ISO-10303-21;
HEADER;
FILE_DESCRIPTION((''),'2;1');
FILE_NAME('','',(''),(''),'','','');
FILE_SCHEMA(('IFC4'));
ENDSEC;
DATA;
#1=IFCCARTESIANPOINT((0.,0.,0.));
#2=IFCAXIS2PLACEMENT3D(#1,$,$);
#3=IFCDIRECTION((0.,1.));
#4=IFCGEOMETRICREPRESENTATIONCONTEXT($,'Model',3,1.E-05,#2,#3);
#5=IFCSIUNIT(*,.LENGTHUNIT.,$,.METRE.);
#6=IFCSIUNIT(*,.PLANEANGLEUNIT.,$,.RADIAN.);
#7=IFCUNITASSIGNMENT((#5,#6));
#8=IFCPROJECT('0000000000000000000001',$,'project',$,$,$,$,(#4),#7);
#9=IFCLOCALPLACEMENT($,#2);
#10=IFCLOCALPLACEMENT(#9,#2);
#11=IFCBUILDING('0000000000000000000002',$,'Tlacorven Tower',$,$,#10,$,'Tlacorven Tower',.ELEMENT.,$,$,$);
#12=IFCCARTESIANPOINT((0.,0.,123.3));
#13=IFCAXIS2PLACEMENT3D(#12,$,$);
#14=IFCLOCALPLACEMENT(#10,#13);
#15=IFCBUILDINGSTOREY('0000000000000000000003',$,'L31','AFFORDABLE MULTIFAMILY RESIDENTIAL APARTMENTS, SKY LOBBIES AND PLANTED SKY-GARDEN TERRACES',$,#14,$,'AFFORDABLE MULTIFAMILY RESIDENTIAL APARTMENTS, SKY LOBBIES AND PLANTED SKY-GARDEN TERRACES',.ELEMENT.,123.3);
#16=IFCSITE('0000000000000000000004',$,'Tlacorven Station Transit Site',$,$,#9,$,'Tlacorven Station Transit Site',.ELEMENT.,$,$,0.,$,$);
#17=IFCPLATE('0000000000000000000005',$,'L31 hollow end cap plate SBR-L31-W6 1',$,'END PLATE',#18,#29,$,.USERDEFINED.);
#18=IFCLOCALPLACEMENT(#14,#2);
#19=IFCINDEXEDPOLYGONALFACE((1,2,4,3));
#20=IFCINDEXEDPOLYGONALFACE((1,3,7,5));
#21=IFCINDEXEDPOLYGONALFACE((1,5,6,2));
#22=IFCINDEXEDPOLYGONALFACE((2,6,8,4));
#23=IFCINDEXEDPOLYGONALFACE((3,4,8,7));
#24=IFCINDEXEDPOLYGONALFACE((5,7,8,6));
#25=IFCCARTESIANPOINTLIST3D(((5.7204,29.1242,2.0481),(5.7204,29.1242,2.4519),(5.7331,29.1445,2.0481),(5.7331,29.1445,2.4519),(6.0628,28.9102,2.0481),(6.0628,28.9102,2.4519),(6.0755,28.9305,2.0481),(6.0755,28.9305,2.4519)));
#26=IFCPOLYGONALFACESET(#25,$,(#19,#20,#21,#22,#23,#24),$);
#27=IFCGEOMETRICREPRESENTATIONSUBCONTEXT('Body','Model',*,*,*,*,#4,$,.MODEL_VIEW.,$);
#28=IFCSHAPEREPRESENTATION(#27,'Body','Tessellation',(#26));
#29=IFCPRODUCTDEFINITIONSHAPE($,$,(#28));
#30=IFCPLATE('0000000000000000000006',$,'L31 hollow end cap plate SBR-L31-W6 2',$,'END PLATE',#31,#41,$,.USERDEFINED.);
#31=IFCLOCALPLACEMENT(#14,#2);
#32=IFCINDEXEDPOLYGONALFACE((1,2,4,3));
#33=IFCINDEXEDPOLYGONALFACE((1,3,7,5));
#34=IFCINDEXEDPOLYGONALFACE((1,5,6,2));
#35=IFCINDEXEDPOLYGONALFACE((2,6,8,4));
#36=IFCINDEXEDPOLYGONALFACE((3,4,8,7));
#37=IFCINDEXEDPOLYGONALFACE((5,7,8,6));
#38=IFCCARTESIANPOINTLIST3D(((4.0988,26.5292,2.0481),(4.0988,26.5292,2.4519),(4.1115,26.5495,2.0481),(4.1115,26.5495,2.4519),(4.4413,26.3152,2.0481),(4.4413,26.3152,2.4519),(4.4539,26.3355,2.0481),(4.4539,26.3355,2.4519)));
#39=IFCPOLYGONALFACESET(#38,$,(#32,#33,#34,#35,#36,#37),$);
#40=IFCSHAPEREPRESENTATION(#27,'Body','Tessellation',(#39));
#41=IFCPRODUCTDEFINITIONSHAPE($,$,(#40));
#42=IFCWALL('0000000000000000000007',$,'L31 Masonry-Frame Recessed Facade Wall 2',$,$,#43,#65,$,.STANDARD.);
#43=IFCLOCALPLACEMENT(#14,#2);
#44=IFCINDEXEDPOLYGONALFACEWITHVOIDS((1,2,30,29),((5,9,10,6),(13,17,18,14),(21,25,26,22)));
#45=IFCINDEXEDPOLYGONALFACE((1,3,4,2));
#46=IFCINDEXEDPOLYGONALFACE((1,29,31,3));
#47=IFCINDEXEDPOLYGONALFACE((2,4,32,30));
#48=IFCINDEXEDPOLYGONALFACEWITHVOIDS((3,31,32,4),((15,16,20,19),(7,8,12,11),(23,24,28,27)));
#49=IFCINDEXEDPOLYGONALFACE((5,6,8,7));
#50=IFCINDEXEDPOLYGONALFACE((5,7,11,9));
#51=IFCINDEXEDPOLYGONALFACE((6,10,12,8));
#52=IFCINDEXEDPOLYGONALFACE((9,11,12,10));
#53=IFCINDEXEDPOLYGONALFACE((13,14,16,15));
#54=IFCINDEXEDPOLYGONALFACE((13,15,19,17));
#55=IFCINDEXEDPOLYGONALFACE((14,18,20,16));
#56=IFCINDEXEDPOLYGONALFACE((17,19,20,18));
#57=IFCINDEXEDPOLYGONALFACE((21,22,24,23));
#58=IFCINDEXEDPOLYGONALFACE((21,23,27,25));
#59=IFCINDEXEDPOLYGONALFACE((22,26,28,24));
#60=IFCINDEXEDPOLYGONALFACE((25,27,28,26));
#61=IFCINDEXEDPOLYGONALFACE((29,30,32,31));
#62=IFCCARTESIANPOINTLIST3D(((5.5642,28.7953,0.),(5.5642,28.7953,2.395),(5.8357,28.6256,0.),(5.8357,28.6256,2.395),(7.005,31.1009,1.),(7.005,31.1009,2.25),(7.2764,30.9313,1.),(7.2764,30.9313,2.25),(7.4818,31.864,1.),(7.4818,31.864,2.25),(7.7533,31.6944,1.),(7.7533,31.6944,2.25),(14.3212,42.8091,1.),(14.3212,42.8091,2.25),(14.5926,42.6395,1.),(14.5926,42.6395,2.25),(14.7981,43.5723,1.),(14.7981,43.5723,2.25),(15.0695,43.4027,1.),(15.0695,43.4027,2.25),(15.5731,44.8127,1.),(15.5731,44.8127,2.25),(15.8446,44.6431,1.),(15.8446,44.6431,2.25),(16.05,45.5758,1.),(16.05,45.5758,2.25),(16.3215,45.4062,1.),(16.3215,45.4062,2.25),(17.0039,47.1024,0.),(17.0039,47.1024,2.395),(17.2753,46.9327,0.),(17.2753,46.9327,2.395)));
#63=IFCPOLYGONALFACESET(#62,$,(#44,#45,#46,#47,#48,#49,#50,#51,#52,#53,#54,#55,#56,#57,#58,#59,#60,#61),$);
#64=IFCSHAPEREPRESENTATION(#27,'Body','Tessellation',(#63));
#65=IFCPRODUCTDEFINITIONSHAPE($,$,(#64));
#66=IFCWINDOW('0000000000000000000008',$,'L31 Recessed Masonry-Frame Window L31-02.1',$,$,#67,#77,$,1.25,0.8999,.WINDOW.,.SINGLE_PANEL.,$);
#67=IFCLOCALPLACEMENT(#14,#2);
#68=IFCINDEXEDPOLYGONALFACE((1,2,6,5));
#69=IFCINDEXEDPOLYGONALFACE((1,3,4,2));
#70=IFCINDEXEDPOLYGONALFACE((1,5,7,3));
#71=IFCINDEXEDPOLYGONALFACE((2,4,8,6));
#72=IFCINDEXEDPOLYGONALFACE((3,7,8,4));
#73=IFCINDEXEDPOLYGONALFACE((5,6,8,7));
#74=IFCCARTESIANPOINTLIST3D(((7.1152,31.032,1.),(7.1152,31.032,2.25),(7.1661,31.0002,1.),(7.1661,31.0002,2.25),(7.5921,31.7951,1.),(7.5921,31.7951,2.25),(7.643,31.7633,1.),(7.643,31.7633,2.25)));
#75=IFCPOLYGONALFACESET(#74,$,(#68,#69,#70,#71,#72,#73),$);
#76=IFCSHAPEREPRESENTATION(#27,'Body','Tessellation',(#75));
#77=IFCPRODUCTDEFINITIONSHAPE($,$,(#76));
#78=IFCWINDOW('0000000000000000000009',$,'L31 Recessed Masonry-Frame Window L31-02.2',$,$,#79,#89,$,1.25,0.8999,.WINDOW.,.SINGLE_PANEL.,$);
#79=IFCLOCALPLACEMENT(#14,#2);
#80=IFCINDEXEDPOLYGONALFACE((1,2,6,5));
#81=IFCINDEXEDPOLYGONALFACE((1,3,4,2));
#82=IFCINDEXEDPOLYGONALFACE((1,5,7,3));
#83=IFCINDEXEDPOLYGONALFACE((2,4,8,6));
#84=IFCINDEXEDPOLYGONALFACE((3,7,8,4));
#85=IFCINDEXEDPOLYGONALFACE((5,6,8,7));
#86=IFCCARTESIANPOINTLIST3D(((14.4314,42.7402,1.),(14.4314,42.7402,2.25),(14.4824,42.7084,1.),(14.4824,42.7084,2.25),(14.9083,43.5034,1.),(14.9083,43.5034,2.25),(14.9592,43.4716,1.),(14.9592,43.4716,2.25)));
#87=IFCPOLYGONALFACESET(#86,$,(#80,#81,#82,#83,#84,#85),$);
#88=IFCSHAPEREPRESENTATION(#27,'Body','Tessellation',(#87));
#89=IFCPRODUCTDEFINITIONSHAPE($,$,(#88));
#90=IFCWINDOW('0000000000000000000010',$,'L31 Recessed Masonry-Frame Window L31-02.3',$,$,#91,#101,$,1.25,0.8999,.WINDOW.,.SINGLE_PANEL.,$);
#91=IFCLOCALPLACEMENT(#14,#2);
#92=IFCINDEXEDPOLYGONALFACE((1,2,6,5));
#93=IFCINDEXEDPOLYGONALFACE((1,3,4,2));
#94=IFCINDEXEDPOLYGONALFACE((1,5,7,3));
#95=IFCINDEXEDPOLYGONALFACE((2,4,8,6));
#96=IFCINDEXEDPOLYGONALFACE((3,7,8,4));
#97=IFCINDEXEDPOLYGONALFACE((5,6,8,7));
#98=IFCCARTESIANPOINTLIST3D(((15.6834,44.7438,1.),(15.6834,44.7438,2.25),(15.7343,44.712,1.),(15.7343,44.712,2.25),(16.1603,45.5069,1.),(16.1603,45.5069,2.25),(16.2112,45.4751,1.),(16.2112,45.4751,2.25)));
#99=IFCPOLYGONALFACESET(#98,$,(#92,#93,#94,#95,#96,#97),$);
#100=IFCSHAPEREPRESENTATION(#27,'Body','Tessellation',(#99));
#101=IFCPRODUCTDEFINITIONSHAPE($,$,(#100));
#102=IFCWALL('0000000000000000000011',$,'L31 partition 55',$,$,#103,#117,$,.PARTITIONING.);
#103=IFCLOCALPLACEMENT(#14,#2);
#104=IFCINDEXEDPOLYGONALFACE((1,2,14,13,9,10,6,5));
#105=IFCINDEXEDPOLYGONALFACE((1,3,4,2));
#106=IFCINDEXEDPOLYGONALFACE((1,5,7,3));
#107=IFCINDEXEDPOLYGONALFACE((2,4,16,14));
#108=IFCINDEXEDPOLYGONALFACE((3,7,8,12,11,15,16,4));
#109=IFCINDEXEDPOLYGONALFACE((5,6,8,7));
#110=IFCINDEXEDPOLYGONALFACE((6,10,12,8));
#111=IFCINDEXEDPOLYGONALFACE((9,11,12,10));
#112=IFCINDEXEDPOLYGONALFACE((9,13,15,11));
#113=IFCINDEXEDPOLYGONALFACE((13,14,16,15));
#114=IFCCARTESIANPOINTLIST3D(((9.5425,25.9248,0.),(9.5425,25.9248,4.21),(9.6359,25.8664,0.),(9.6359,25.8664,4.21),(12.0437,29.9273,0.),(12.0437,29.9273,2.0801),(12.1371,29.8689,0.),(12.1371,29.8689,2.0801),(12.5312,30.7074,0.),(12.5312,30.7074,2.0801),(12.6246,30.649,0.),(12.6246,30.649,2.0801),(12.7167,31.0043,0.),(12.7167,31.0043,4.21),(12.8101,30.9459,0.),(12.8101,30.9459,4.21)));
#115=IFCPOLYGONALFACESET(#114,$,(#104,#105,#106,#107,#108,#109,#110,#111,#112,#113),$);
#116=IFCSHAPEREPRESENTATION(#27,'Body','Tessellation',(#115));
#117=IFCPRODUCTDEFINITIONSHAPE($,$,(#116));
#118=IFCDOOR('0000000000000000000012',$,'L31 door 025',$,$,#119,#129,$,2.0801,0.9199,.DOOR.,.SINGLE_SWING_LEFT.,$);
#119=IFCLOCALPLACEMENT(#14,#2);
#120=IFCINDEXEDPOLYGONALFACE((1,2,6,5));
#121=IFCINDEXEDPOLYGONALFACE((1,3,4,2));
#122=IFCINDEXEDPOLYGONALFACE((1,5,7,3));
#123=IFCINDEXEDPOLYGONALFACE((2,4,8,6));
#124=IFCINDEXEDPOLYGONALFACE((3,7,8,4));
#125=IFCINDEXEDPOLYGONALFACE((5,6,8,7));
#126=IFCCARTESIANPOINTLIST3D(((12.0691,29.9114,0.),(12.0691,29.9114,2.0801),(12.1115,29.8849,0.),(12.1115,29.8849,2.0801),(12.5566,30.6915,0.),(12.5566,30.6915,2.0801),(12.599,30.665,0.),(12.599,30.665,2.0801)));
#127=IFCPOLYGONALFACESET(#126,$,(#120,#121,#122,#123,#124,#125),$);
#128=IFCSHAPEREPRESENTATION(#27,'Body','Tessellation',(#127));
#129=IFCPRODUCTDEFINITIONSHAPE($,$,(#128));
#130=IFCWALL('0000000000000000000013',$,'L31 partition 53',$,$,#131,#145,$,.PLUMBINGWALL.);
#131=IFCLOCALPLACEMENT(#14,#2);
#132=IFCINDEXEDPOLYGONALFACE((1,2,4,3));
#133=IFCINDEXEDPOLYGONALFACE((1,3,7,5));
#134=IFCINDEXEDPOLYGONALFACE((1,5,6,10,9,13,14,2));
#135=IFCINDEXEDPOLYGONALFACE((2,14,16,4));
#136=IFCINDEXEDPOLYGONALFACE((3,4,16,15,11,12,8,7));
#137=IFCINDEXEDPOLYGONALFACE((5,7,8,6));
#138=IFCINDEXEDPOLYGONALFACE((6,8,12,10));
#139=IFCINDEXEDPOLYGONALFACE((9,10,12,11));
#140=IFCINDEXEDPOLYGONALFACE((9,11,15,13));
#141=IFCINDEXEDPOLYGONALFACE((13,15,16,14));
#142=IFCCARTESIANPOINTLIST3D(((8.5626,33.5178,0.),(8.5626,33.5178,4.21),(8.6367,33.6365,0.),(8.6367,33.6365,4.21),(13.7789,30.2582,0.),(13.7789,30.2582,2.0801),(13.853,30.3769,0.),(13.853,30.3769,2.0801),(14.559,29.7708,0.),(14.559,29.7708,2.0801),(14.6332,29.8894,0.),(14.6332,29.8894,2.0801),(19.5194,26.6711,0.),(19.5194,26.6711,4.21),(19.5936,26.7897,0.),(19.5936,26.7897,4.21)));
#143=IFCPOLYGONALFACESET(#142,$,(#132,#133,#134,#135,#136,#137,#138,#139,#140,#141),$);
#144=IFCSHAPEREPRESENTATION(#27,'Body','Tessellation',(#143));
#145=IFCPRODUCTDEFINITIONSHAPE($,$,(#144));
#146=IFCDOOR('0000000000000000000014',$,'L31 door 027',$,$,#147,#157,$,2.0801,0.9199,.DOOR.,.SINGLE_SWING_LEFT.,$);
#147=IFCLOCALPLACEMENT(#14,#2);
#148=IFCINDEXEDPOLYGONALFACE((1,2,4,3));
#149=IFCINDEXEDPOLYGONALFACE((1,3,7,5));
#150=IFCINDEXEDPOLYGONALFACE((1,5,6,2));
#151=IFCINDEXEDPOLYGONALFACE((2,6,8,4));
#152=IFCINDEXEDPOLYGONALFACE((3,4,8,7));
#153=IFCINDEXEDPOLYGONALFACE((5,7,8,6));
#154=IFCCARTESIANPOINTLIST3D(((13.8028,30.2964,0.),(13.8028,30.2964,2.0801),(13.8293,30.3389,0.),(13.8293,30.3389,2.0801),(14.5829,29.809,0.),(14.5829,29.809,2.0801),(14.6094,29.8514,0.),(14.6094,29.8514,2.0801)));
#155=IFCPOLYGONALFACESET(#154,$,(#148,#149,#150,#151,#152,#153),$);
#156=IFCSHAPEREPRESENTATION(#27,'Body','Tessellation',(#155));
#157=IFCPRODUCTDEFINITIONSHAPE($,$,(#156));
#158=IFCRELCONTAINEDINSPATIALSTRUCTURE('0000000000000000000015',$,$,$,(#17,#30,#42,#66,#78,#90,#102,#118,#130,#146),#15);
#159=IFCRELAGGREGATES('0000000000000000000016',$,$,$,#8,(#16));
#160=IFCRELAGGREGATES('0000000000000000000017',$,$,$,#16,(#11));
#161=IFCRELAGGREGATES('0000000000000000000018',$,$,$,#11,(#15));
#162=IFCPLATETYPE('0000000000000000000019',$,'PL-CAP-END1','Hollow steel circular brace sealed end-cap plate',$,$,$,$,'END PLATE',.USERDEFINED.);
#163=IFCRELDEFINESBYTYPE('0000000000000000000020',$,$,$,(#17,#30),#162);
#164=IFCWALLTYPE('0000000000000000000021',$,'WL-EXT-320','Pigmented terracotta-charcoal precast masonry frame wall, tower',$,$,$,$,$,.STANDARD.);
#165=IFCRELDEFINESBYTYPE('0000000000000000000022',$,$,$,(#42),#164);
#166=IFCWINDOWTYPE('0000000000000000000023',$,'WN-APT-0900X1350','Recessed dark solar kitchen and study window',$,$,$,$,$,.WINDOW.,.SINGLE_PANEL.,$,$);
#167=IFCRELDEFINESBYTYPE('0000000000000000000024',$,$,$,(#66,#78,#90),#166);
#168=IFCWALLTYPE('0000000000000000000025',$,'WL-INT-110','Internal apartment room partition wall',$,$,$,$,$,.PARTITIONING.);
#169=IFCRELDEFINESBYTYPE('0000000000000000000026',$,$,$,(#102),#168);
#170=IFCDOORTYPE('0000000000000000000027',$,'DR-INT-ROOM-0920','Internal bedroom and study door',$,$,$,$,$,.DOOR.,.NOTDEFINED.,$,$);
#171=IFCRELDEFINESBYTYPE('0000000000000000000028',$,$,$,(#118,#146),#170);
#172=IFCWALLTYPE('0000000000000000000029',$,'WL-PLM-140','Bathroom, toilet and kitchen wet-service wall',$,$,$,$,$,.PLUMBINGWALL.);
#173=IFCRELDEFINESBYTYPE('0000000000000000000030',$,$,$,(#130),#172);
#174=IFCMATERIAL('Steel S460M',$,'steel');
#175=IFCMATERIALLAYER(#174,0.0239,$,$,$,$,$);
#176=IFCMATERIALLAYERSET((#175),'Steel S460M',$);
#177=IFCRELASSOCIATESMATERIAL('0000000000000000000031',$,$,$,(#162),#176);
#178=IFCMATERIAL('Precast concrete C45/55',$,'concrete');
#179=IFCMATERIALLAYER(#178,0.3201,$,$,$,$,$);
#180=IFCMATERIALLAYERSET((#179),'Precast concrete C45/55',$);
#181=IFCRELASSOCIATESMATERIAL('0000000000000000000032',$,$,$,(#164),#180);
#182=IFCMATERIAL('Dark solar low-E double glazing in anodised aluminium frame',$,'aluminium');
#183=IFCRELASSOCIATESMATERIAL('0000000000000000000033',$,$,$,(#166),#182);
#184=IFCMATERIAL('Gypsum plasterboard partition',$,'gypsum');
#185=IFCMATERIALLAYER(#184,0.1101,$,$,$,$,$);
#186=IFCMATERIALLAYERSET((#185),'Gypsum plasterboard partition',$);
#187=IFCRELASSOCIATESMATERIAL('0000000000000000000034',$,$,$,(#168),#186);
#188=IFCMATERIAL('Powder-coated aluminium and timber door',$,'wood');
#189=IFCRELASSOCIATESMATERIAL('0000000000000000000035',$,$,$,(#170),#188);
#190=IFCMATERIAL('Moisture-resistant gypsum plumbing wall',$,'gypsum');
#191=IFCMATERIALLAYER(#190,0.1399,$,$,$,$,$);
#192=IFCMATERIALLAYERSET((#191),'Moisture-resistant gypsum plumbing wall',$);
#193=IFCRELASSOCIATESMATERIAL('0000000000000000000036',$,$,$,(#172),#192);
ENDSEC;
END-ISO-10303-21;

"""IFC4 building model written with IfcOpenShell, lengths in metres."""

from ifc_helpers import new_model, si_unit, direction, frame, frame_2d, origin, origin_2d, place, context, subcontext, project, spatial, rectangle, extrude, source, transform, mapped, material, layer, layer_set, type_object, element, fill, save


model = new_model("IFC4")

# Units and contexts
model_context = context("Model", 3, precision=1e-05, world=origin(), true_north=direction((0.0, 1.0)))
body_context = subcontext(model_context, "Body", "Model", "MODEL_VIEW")
ifc_project = project(units=[si_unit("LENGTHUNIT", "METRE"), si_unit("PLANEANGLEUNIT", "RADIAN")], contexts=[model_context])

# Site, building, storey
site_placement = place(None, origin())
site = spatial("IfcSite", under=ifc_project, at=site_placement, Name="Tlacorven Station Transit Site", LongName="Tlacorven Station Transit Site", CompositionType="ELEMENT", RefElevation=0.0)
building_placement = place(site_placement, origin())
building = spatial("IfcBuilding", under=site, at=building_placement, Name="Tlacorven Tower", LongName="Tlacorven Tower", CompositionType="ELEMENT")
storey_placement = place(building_placement, frame((0.0, 0.0, 123.3)))
storey = spatial("IfcBuildingStorey", under=building, at=storey_placement, Name="L31", Description="AFFORDABLE MULTIFAMILY RESIDENTIAL APARTMENTS, SKY LOBBIES AND PLANTED SKY-GARDEN TERRACES", LongName="AFFORDABLE MULTIFAMILY RESIDENTIAL APARTMENTS, SKY LOBBIES AND PLANTED SKY-GARDEN TERRACES", CompositionType="ELEMENT", Elevation=123.3)

# Shared definitions
ifc_material_1 = material(Name="Steel S460M", Category="steel")

# Plates
ifc_layer_1 = layer(ifc_material_1, 0.0239)
ifc_layer_set_1 = layer_set([ifc_layer_1], Name="Steel S460M")
plate_type_1 = type_object("IfcPlateType", Name="PL-CAP-END1", Description="Hollow steel circular brace sealed end-cap plate", ElementType="END PLATE", PredefinedType="USERDEFINED", material=ifc_layer_set_1)
shared_shape_1 = source(origin(), body_context, "Body", "SweptSolid", [
    extrude(rectangle(XDim=0.0239, YDim=0.4038, at=origin_2d()), origin(), (0.0, 0.0, 1.0), 0.4038),
])
for number, where, z_axis, x_axis, name in (
    (1, (5.8979, 29.0273, 2.0481), (0.0, 0.0, 1.0), (-0.529919, -0.848048, 0.0), "L31 hollow end cap plate SBR-L31-W6 1"),
    (2, (4.2764, 26.4324, 2.0481), (0.0, 0.0, 1.0), (-0.529919, -0.848048, 0.0), "L31 hollow end cap plate SBR-L31-W6 2"),
):
    element("IfcPlate", number, at=place(storey_placement, frame(where, z_axis=z_axis, x_axis=x_axis)), inside=storey, type_object=plate_type_1, Name=name, ObjectType="END PLATE", PredefinedType="USERDEFINED", context=body_context, shape_type="MappedRepresentation", body=[
        mapped(shared_shape_1, transform((0.0, 0.0, 0.0), scale=1.0)),
    ])

# Wall, openings, windows
ifc_material_2 = material(Name="Precast concrete C45/55", Category="concrete")
ifc_layer_2 = layer(ifc_material_2, 0.3201)
ifc_layer_set_2 = layer_set([ifc_layer_2], Name="Precast concrete C45/55")
wall_type_1 = type_object("IfcWallType", Name="WL-EXT-320", Description="Pigmented terracotta-charcoal precast masonry frame wall, tower", PredefinedType="STANDARD", material=ifc_layer_set_2)
wall_1_placement = place(storey_placement, frame((5.7, 28.7104, 0.0), z_axis=(0.0, 0.0, 1.0), x_axis=(0.529924, 0.848045, 0.0)))
wall_1 = element("IfcWall", 3, at=wall_1_placement, inside=storey, type_object=wall_type_1, Name="L31 Masonry-Frame Recessed Facade Wall 2", PredefinedType="STANDARD", context=body_context, shape_type="SweptSolid", body=[
    extrude(rectangle(XDim=21.5874, YDim=0.3201, at=frame_2d((10.7937, 0.0))), origin(), (0.0, 0.0, 1.0), 2.395),
])
opening_1_placement = place(wall_1_placement, frame((2.7188, 0.0, 1.0)))
opening_1 = element("IfcOpeningElement", 4, at=opening_1_placement, cuts=wall_1, PredefinedType="OPENING", context=body_context, shape_type="SweptSolid", body=[
    extrude(rectangle(XDim=0.8999, YDim=1.25, at=frame_2d((0.45, 0.625))), frame((0.0, 0.1699, 0.0), z_axis=(0.0, -1.0, 0.0), x_axis=(1.0, 0.0, 0.0)), (0.0, 0.0, 1.0), 0.3401),
])
opening_2_placement = place(wall_1_placement, frame((16.5249, 0.0, 1.0)))
opening_2 = element("IfcOpeningElement", 5, at=opening_2_placement, cuts=wall_1, PredefinedType="OPENING", context=body_context, shape_type="SweptSolid", body=[
    extrude(rectangle(XDim=0.8999, YDim=1.25, at=frame_2d((0.45, 0.625))), frame((0.0, 0.1699, 0.0), z_axis=(0.0, -1.0, 0.0), x_axis=(1.0, 0.0, 0.0)), (0.0, 0.0, 1.0), 0.3401),
])
opening_3_placement = place(wall_1_placement, frame((18.8875, 0.0, 1.0)))
opening_3 = element("IfcOpeningElement", 6, at=opening_3_placement, cuts=wall_1, PredefinedType="OPENING", context=body_context, shape_type="SweptSolid", body=[
    extrude(rectangle(XDim=0.8999, YDim=1.25, at=frame_2d((0.45, 0.625))), frame((0.0, 0.1699, 0.0), z_axis=(0.0, -1.0, 0.0), x_axis=(1.0, 0.0, 0.0)), (0.0, 0.0, 1.0), 0.3401),
])
ifc_material_3 = material(Name="Dark solar low-E double glazing in anodised aluminium frame", Category="aluminium")
window_type = type_object("IfcWindowType", Name="WN-APT-0900X1350", Description="Recessed dark solar kitchen and study window", PartitioningType="SINGLE_PANEL", PredefinedType="WINDOW", material=ifc_material_3)
shared_shape_2 = source(origin(), body_context, "Body", "SweptSolid", [
    extrude(rectangle(XDim=0.8999, YDim=1.25, at=frame_2d((0.45, 0.625))), frame((0.0, 0.03, 0.0), z_axis=(0.0, -1.0, 0.0), x_axis=(1.0, 0.0, 0.0)), (0.0, 0.0, 1.0), 0.0601),
])
window_1_placement = place(opening_1_placement, origin())
window_1 = element("IfcWindow", 7, at=window_1_placement, inside=storey, type_object=window_type, Name="L31 Recessed Masonry-Frame Window L31-02.1", OverallHeight=1.25, OverallWidth=0.8999, PartitioningType="SINGLE_PANEL", PredefinedType="WINDOW", context=body_context, shape_type="MappedRepresentation", body=[
    mapped(shared_shape_2, transform((0.0, 0.0, 0.0), scale=1.0)),
])
fill(opening_1, window_1)
window_2_placement = place(opening_2_placement, origin())
window_2 = element("IfcWindow", 8, at=window_2_placement, inside=storey, type_object=window_type, Name="L31 Recessed Masonry-Frame Window L31-02.2", OverallHeight=1.25, OverallWidth=0.8999, PartitioningType="SINGLE_PANEL", PredefinedType="WINDOW", context=body_context, shape_type="MappedRepresentation", body=[
    mapped(shared_shape_2, transform((0.0, 0.0, 0.0), scale=1.0)),
])
fill(opening_2, window_2)
window_3_placement = place(opening_3_placement, origin())
window_3 = element("IfcWindow", 9, at=window_3_placement, inside=storey, type_object=window_type, Name="L31 Recessed Masonry-Frame Window L31-02.3", OverallHeight=1.25, OverallWidth=0.8999, PartitioningType="SINGLE_PANEL", PredefinedType="WINDOW", context=body_context, shape_type="MappedRepresentation", body=[
    mapped(shared_shape_2, transform((0.0, 0.0, 0.0), scale=1.0)),
])
fill(opening_3, window_3)

# Walls, openings, doors
ifc_material_4 = material(Name="Gypsum plasterboard partition", Category="gypsum")
ifc_layer_3 = layer(ifc_material_4, 0.1101)
ifc_layer_set_3 = layer_set([ifc_layer_3], Name="Gypsum plasterboard partition")
wall_type_2 = type_object("IfcWallType", Name="WL-INT-110", Description="Internal apartment room partition wall", PredefinedType="PARTITIONING", material=ifc_layer_set_3)
wall_2_placement = place(storey_placement, frame((12.7634, 30.9751, 0.0), z_axis=(0.0, 0.0, 1.0), x_axis=(-0.529948, -0.84803, 0.0)))
wall_2 = element("IfcWall", 10, at=wall_2_placement, inside=storey, type_object=wall_type_2, Name="L31 partition 55", PredefinedType="PARTITIONING", context=body_context, shape_type="SweptSolid", body=[
    extrude(rectangle(XDim=5.9897, YDim=0.1101, at=frame_2d((2.9949, 0.0))), origin(), (0.0, 0.0, 1.0), 4.21),
])
opening_4_placement = place(wall_2_placement, frame((0.3501, 0.0, 0.0)))
opening_4 = element("IfcOpeningElement", 11, at=opening_4_placement, cuts=wall_2, PredefinedType="OPENING", context=body_context, shape_type="SweptSolid", body=[
    extrude(rectangle(XDim=0.9199, YDim=2.0801, at=frame_2d((0.46, 1.04))), frame((0.0, 0.0649, 0.0), z_axis=(0.0, -1.0, 0.0), x_axis=(1.0, 0.0, 0.0)), (0.0, 0.0, 1.0), 0.1301),
])
ifc_material_5 = material(Name="Powder-coated aluminium and timber door", Category="wood")
door_type = type_object("IfcDoorType", Name="DR-INT-ROOM-0920", Description="Internal bedroom and study door", OperationType="NOTDEFINED", PredefinedType="DOOR", material=ifc_material_5)
shared_shape_3 = source(origin(), body_context, "Body", "SweptSolid", [
    extrude(rectangle(XDim=0.9199, YDim=2.0801, at=frame_2d((0.46, 1.04))), frame((0.0, 0.0249, 0.0), z_axis=(0.0, -1.0, 0.0), x_axis=(1.0, 0.0, 0.0)), (0.0, 0.0, 1.0), 0.05),
])
door_1_placement = place(opening_4_placement, origin())
door_1 = element("IfcDoor", 12, at=door_1_placement, inside=storey, type_object=door_type, Name="L31 door 025", OperationType="SINGLE_SWING_LEFT", OverallHeight=2.0801, OverallWidth=0.9199, PredefinedType="DOOR", context=body_context, shape_type="MappedRepresentation", body=[
    mapped(shared_shape_3, transform((0.0, 0.0, 0.0), scale=1.0)),
])
fill(opening_4, door_1)
ifc_material_6 = material(Name="Moisture-resistant gypsum plumbing wall", Category="gypsum")
ifc_layer_4 = layer(ifc_material_6, 0.1399)
ifc_layer_set_4 = layer_set([ifc_layer_4], Name="Moisture-resistant gypsum plumbing wall")
wall_type_3 = type_object("IfcWallType", Name="WL-PLM-140", Description="Bathroom, toilet and kitchen wet-service wall", PredefinedType="PLUMBINGWALL", material=ifc_layer_set_4)
wall_3_placement = place(storey_placement, frame((19.5564, 26.7305, 0.0), z_axis=(0.0, 0.0, 1.0), x_axis=(-0.848044, 0.529926, 0.0)))
wall_3 = element("IfcWall", 13, at=wall_3_placement, inside=storey, type_object=wall_type_3, Name="L31 partition 53", PredefinedType="PLUMBINGWALL", context=body_context, shape_type="SweptSolid", body=[
    extrude(rectangle(XDim=12.9202, YDim=0.1399, at=frame_2d((6.46, 0.0))), origin(), (0.0, 0.0, 1.0), 4.21),
])
opening_5_placement = place(wall_3_placement, frame((5.8491, 0.0, 0.0)))
opening_5 = element("IfcOpeningElement", 14, at=opening_5_placement, cuts=wall_3, PredefinedType="OPENING", context=body_context, shape_type="SweptSolid", body=[
    extrude(rectangle(XDim=0.9199, YDim=2.0801, at=frame_2d((0.46, 1.04))), frame((0.0, 0.0801, 0.0), z_axis=(0.0, -1.0, 0.0), x_axis=(1.0, 0.0, 0.0)), (0.0, 0.0, 1.0), 0.1599),
])
door_2_placement = place(opening_5_placement, origin())
door_2 = element("IfcDoor", 15, at=door_2_placement, inside=storey, type_object=door_type, Name="L31 door 027", OperationType="SINGLE_SWING_LEFT", OverallHeight=2.0801, OverallWidth=0.9199, PredefinedType="DOOR", context=body_context, shape_type="MappedRepresentation", body=[
    mapped(shared_shape_3, transform((0.0, 0.0, 0.0), scale=1.0)),
])
fill(opening_5, door_2)

save(model, "model.ifc")
